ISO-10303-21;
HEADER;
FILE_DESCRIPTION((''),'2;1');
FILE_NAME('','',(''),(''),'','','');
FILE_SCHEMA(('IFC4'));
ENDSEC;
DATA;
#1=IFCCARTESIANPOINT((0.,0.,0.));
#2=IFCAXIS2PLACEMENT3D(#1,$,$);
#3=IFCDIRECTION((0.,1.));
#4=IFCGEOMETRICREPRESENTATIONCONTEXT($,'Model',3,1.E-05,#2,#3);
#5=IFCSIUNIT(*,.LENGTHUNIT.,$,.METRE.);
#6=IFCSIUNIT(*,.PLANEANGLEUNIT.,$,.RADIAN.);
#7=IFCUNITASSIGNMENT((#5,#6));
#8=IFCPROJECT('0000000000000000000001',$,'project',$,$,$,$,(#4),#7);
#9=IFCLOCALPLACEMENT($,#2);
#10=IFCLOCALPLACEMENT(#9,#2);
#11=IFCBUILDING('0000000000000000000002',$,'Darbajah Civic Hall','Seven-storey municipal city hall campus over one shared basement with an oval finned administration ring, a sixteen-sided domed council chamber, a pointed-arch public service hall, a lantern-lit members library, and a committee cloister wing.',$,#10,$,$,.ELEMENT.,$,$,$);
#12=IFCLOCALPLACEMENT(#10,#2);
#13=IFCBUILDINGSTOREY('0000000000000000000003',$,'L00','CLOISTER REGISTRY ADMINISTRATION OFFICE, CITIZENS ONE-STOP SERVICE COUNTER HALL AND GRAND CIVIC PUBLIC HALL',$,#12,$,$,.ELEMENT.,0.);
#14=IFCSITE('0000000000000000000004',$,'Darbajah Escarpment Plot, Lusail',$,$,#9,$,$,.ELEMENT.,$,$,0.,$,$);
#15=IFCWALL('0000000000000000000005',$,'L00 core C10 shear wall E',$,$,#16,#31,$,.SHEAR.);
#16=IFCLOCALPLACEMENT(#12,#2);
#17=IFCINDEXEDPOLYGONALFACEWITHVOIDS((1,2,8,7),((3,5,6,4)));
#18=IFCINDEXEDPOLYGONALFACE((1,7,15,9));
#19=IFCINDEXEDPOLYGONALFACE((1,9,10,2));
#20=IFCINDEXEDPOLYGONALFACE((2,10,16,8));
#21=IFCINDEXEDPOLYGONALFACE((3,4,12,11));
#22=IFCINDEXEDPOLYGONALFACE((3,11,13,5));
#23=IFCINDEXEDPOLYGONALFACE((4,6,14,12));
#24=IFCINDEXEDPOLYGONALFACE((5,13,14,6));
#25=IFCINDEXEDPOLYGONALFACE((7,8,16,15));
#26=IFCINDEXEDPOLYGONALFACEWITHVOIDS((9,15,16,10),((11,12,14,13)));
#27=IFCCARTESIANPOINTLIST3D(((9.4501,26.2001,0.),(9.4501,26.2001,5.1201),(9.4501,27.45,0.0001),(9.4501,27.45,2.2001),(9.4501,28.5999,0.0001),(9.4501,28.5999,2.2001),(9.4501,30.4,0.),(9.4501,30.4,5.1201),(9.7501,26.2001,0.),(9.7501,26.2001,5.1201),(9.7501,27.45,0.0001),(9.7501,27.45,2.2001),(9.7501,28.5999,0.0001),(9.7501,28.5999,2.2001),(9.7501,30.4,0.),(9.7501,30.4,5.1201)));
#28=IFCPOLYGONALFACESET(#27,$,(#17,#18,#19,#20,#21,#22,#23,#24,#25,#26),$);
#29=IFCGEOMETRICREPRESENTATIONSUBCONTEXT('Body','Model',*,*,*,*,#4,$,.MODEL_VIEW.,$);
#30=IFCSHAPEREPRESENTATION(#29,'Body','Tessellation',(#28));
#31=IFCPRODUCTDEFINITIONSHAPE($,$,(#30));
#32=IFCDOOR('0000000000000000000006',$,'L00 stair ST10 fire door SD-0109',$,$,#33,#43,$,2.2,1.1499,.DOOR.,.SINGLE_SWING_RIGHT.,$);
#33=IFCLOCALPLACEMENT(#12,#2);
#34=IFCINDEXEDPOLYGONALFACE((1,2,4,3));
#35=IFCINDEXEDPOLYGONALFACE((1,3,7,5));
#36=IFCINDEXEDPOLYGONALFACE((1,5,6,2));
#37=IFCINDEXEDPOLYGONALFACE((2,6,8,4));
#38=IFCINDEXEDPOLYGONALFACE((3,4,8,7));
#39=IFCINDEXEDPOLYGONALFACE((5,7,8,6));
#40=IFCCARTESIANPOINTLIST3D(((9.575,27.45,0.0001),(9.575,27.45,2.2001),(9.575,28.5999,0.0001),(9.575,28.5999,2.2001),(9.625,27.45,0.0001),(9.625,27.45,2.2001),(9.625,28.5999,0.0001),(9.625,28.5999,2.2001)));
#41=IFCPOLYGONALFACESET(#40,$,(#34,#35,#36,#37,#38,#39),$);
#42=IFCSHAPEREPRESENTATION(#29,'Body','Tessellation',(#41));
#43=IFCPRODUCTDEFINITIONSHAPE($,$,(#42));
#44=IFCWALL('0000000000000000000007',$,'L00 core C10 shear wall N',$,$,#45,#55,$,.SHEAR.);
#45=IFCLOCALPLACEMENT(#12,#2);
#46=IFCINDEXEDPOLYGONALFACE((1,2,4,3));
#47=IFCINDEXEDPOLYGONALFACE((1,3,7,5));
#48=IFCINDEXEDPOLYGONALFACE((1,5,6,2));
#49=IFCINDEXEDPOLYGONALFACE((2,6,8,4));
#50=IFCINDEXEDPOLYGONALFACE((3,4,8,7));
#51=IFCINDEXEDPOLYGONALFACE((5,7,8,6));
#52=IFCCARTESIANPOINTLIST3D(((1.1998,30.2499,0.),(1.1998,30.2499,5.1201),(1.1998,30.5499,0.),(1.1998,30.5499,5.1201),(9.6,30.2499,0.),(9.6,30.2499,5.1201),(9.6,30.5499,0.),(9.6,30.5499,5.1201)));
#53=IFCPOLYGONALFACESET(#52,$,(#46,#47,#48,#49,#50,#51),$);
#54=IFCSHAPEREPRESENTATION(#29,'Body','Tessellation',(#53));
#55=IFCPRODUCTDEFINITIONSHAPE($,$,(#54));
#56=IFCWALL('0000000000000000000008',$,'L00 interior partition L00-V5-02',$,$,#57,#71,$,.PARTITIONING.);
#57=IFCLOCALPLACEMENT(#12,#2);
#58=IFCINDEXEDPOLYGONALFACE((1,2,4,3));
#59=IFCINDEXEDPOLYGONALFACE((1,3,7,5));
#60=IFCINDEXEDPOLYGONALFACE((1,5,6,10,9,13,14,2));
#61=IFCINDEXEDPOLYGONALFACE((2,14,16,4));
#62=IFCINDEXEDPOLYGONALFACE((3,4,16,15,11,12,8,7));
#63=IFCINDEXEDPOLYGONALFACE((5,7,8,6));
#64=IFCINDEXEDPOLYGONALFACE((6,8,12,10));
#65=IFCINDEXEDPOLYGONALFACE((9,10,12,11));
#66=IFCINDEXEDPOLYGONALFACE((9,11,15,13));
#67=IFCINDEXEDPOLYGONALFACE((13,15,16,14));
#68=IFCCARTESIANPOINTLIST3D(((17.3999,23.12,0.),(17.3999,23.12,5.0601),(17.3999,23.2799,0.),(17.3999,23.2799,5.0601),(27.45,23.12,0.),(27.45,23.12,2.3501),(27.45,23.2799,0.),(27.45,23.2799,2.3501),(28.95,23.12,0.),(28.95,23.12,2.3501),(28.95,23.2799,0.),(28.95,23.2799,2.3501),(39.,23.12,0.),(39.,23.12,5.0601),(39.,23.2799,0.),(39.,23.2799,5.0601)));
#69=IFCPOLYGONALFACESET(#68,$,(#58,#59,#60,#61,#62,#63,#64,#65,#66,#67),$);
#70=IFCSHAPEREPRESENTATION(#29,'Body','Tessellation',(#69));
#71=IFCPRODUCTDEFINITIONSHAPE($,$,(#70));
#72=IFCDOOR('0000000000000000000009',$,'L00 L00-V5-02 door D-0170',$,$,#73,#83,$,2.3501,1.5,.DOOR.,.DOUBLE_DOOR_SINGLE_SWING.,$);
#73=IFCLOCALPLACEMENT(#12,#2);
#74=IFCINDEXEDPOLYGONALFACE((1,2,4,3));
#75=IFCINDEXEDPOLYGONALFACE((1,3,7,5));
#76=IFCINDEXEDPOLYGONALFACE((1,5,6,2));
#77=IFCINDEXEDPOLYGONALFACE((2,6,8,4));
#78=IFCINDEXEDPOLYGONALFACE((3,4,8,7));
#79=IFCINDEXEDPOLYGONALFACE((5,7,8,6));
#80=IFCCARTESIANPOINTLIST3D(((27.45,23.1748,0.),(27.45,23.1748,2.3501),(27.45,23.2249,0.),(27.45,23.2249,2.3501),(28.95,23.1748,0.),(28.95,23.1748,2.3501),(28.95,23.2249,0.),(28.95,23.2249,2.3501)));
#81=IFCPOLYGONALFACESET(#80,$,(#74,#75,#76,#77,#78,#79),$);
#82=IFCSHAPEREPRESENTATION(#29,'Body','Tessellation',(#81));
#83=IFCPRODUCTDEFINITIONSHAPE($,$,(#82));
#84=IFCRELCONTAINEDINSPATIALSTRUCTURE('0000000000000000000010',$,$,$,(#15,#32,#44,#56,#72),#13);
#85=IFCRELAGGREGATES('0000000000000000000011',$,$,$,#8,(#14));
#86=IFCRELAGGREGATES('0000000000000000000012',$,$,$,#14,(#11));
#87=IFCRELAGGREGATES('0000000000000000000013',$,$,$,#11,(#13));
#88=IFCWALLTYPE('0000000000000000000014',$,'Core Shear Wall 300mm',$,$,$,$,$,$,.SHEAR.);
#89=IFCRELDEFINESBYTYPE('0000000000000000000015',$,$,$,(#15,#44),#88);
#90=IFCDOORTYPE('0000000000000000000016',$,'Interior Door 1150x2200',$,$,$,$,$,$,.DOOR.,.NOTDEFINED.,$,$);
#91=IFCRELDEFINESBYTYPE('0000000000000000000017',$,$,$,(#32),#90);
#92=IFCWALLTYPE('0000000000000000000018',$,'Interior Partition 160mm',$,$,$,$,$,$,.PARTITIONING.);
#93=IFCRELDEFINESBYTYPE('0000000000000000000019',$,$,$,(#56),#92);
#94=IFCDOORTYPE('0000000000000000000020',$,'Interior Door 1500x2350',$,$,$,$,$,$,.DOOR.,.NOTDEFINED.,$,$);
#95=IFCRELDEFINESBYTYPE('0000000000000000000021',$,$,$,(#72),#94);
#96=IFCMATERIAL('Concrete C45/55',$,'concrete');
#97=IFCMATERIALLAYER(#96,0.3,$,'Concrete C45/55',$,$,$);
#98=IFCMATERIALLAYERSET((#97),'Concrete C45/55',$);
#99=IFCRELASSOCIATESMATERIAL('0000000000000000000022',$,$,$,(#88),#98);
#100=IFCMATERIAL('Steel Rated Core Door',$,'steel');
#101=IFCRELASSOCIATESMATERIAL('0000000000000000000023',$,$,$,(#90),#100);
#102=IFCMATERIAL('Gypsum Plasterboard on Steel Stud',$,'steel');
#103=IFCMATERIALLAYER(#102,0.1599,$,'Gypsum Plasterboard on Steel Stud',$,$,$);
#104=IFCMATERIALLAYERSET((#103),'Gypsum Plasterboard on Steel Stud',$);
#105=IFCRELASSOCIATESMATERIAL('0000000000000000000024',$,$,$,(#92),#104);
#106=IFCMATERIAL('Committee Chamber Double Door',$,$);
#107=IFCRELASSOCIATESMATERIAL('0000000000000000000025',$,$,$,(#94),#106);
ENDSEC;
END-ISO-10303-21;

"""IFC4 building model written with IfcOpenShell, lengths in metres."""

from ifc_helpers import new_model, si_unit, direction, frame, frame_2d, origin, place, context, subcontext, project, spatial, rectangle, extrude, material, layer, layer_set, type_object, element, fill, save


model = new_model("IFC4")

# Units and contexts
model_context = context("Model", 3, precision=1e-05, world=origin(), true_north=direction((0.0, 1.0)))
body_context = subcontext(model_context, "Body", "Model", "MODEL_VIEW")
ifc_project = project(units=[si_unit("LENGTHUNIT", "METRE"), si_unit("PLANEANGLEUNIT", "RADIAN")], contexts=[model_context])

# Site, building, storey
site_placement = place(None, origin())
site = spatial("IfcSite", under=ifc_project, at=site_placement, Name="Darbajah Escarpment Plot, Lusail", CompositionType="ELEMENT", RefElevation=0.0)
building_placement = place(site_placement, origin())
building = spatial("IfcBuilding", under=site, at=building_placement, Name="Darbajah Civic Hall", Description="Seven-storey municipal city hall campus over one shared basement with an oval finned administration ring, a sixteen-sided domed council chamber, a pointed-arch public service hall, a lantern-lit members library, and a committee cloister wing.", CompositionType="ELEMENT")
storey_placement = place(building_placement, origin())
storey = spatial("IfcBuildingStorey", under=building, at=storey_placement, Name="L00", Description="CLOISTER REGISTRY ADMINISTRATION OFFICE, CITIZENS ONE-STOP SERVICE COUNTER HALL AND GRAND CIVIC PUBLIC HALL", CompositionType="ELEMENT", Elevation=0.0)

# Shared definitions
ifc_material_1 = material(Name="Concrete C45/55", Category="concrete")

# Wall, opening, door
ifc_layer_1 = layer(ifc_material_1, 0.3, Name="Concrete C45/55")
ifc_layer_set_1 = layer_set([ifc_layer_1], Name="Concrete C45/55")
wall_type_1 = type_object("IfcWallType", Name="Core Shear Wall 300mm", PredefinedType="SHEAR", material=ifc_layer_set_1)
wall_1_placement = place(storey_placement, frame((9.6001, 26.2, 0.0), z_axis=(0.0, 0.0, 1.0), x_axis=(0.0, 1.0, 0.0)))
wall_1 = element("IfcWall", 1, at=wall_1_placement, inside=storey, type_object=wall_type_1, Name="L00 core C10 shear wall E", PredefinedType="SHEAR", context=body_context, shape_type="SweptSolid", body=[
    extrude(rectangle(XDim=4.2, YDim=0.3, at=frame_2d((2.1001, 0.0))), origin(), (0.0, 0.0, 1.0), 5.1201),
])
opening_1_placement = place(wall_1_placement, frame((1.25, 0.0, 0.0)))
opening_1 = element("IfcOpeningElement", 2, at=opening_1_placement, cuts=wall_1, PredefinedType="OPENING", context=body_context, shape_type="SweptSolid", body=[
    extrude(rectangle(XDim=1.1499, YDim=2.2, at=frame_2d((0.575, 1.1001))), frame((0.0, 0.1599, 0.0), z_axis=(0.0, -1.0, 0.0), x_axis=(1.0, 0.0, 0.0)), (0.0, 0.0, 1.0), 0.3201),
])
ifc_material_2 = material(Name="Steel Rated Core Door", Category="steel")
door_type_1 = type_object("IfcDoorType", Name="Interior Door 1150x2200", OperationType="NOTDEFINED", PredefinedType="DOOR", material=ifc_material_2)
door_1_placement = place(opening_1_placement, frame((1.1499, 0.0, 0.0), z_axis=(0.0, 0.0, 1.0), x_axis=(-1.0, 0.0, 0.0)))
door_1 = element("IfcDoor", 3, at=door_1_placement, inside=storey, type_object=door_type_1, Name="L00 stair ST10 fire door SD-0109", OperationType="SINGLE_SWING_RIGHT", OverallHeight=2.2, OverallWidth=1.1499, PredefinedType="DOOR", context=body_context, shape_type="SweptSolid", body=[
    extrude(rectangle(XDim=1.1499, YDim=2.2, at=frame_2d((0.575, 1.1001))), frame((0.0, 0.0249, 0.0), z_axis=(0.0, -1.0, 0.0), x_axis=(1.0, 0.0, 0.0)), (0.0, 0.0, 1.0), 0.05),
])
fill(opening_1, door_1)

# Wall
wall_2_placement = place(storey_placement, frame((9.6001, 30.3999, 0.0), z_axis=(0.0, 0.0, 1.0), x_axis=(-1.0, 0.0, 0.0)))
element("IfcWall", 4, at=wall_2_placement, inside=storey, type_object=wall_type_1, Name="L00 core C10 shear wall N", PredefinedType="SHEAR", context=body_context, shape_type="SweptSolid", body=[
    extrude(rectangle(XDim=8.4001, YDim=0.3, at=frame_2d((4.2002, 0.0))), origin(), (0.0, 0.0, 1.0), 5.1201),
])

# Wall, opening, door
ifc_material_3 = material(Name="Gypsum Plasterboard on Steel Stud", Category="steel")
ifc_layer_2 = layer(ifc_material_3, 0.1599, Name="Gypsum Plasterboard on Steel Stud")
ifc_layer_set_2 = layer_set([ifc_layer_2], Name="Gypsum Plasterboard on Steel Stud")
wall_type_2 = type_object("IfcWallType", Name="Interior Partition 160mm", PredefinedType="PARTITIONING", material=ifc_layer_set_2)
wall_3_placement = place(storey_placement, frame((17.3999, 23.2, 0.0), z_axis=(0.0, 0.0, 1.0), x_axis=(1.0, 0.0, 0.0)))
wall_3 = element("IfcWall", 5, at=wall_3_placement, inside=storey, type_object=wall_type_2, Name="L00 interior partition L00-V5-02", PredefinedType="PARTITIONING", context=body_context, shape_type="SweptSolid", body=[
    extrude(rectangle(XDim=21.6001, YDim=0.1599, at=frame_2d((10.8, 0.0))), origin(), (0.0, 0.0, 1.0), 5.0601),
])
opening_2_placement = place(wall_3_placement, frame((10.05, 0.0, 0.0)))
opening_2 = element("IfcOpeningElement", 6, at=opening_2_placement, cuts=wall_3, PredefinedType="OPENING", context=body_context, shape_type="SweptSolid", body=[
    extrude(rectangle(XDim=1.5, YDim=2.3501, at=frame_2d((0.75, 1.175))), frame((0.0, 0.0898, 0.0), z_axis=(0.0, -1.0, 0.0), x_axis=(1.0, 0.0, 0.0)), (0.0, 0.0, 1.0), 0.1799),
])
ifc_material_4 = material(Name="Committee Chamber Double Door")
door_type_2 = type_object("IfcDoorType", Name="Interior Door 1500x2350", OperationType="NOTDEFINED", PredefinedType="DOOR", material=ifc_material_4)
door_2_placement = place(opening_2_placement, origin())
door_2 = element("IfcDoor", 7, at=door_2_placement, inside=storey, type_object=door_type_2, Name="L00 L00-V5-02 door D-0170", OperationType="DOUBLE_DOOR_SINGLE_SWING", OverallHeight=2.3501, OverallWidth=1.5, PredefinedType="DOOR", context=body_context, shape_type="SweptSolid", body=[
    extrude(rectangle(XDim=1.5, YDim=2.3501, at=frame_2d((0.75, 1.175))), frame((0.0, 0.0249, 0.0), z_axis=(0.0, -1.0, 0.0), x_axis=(1.0, 0.0, 0.0)), (0.0, 0.0, 1.0), 0.05),
])
fill(opening_2, door_2)

save(model, "model.ifc")
